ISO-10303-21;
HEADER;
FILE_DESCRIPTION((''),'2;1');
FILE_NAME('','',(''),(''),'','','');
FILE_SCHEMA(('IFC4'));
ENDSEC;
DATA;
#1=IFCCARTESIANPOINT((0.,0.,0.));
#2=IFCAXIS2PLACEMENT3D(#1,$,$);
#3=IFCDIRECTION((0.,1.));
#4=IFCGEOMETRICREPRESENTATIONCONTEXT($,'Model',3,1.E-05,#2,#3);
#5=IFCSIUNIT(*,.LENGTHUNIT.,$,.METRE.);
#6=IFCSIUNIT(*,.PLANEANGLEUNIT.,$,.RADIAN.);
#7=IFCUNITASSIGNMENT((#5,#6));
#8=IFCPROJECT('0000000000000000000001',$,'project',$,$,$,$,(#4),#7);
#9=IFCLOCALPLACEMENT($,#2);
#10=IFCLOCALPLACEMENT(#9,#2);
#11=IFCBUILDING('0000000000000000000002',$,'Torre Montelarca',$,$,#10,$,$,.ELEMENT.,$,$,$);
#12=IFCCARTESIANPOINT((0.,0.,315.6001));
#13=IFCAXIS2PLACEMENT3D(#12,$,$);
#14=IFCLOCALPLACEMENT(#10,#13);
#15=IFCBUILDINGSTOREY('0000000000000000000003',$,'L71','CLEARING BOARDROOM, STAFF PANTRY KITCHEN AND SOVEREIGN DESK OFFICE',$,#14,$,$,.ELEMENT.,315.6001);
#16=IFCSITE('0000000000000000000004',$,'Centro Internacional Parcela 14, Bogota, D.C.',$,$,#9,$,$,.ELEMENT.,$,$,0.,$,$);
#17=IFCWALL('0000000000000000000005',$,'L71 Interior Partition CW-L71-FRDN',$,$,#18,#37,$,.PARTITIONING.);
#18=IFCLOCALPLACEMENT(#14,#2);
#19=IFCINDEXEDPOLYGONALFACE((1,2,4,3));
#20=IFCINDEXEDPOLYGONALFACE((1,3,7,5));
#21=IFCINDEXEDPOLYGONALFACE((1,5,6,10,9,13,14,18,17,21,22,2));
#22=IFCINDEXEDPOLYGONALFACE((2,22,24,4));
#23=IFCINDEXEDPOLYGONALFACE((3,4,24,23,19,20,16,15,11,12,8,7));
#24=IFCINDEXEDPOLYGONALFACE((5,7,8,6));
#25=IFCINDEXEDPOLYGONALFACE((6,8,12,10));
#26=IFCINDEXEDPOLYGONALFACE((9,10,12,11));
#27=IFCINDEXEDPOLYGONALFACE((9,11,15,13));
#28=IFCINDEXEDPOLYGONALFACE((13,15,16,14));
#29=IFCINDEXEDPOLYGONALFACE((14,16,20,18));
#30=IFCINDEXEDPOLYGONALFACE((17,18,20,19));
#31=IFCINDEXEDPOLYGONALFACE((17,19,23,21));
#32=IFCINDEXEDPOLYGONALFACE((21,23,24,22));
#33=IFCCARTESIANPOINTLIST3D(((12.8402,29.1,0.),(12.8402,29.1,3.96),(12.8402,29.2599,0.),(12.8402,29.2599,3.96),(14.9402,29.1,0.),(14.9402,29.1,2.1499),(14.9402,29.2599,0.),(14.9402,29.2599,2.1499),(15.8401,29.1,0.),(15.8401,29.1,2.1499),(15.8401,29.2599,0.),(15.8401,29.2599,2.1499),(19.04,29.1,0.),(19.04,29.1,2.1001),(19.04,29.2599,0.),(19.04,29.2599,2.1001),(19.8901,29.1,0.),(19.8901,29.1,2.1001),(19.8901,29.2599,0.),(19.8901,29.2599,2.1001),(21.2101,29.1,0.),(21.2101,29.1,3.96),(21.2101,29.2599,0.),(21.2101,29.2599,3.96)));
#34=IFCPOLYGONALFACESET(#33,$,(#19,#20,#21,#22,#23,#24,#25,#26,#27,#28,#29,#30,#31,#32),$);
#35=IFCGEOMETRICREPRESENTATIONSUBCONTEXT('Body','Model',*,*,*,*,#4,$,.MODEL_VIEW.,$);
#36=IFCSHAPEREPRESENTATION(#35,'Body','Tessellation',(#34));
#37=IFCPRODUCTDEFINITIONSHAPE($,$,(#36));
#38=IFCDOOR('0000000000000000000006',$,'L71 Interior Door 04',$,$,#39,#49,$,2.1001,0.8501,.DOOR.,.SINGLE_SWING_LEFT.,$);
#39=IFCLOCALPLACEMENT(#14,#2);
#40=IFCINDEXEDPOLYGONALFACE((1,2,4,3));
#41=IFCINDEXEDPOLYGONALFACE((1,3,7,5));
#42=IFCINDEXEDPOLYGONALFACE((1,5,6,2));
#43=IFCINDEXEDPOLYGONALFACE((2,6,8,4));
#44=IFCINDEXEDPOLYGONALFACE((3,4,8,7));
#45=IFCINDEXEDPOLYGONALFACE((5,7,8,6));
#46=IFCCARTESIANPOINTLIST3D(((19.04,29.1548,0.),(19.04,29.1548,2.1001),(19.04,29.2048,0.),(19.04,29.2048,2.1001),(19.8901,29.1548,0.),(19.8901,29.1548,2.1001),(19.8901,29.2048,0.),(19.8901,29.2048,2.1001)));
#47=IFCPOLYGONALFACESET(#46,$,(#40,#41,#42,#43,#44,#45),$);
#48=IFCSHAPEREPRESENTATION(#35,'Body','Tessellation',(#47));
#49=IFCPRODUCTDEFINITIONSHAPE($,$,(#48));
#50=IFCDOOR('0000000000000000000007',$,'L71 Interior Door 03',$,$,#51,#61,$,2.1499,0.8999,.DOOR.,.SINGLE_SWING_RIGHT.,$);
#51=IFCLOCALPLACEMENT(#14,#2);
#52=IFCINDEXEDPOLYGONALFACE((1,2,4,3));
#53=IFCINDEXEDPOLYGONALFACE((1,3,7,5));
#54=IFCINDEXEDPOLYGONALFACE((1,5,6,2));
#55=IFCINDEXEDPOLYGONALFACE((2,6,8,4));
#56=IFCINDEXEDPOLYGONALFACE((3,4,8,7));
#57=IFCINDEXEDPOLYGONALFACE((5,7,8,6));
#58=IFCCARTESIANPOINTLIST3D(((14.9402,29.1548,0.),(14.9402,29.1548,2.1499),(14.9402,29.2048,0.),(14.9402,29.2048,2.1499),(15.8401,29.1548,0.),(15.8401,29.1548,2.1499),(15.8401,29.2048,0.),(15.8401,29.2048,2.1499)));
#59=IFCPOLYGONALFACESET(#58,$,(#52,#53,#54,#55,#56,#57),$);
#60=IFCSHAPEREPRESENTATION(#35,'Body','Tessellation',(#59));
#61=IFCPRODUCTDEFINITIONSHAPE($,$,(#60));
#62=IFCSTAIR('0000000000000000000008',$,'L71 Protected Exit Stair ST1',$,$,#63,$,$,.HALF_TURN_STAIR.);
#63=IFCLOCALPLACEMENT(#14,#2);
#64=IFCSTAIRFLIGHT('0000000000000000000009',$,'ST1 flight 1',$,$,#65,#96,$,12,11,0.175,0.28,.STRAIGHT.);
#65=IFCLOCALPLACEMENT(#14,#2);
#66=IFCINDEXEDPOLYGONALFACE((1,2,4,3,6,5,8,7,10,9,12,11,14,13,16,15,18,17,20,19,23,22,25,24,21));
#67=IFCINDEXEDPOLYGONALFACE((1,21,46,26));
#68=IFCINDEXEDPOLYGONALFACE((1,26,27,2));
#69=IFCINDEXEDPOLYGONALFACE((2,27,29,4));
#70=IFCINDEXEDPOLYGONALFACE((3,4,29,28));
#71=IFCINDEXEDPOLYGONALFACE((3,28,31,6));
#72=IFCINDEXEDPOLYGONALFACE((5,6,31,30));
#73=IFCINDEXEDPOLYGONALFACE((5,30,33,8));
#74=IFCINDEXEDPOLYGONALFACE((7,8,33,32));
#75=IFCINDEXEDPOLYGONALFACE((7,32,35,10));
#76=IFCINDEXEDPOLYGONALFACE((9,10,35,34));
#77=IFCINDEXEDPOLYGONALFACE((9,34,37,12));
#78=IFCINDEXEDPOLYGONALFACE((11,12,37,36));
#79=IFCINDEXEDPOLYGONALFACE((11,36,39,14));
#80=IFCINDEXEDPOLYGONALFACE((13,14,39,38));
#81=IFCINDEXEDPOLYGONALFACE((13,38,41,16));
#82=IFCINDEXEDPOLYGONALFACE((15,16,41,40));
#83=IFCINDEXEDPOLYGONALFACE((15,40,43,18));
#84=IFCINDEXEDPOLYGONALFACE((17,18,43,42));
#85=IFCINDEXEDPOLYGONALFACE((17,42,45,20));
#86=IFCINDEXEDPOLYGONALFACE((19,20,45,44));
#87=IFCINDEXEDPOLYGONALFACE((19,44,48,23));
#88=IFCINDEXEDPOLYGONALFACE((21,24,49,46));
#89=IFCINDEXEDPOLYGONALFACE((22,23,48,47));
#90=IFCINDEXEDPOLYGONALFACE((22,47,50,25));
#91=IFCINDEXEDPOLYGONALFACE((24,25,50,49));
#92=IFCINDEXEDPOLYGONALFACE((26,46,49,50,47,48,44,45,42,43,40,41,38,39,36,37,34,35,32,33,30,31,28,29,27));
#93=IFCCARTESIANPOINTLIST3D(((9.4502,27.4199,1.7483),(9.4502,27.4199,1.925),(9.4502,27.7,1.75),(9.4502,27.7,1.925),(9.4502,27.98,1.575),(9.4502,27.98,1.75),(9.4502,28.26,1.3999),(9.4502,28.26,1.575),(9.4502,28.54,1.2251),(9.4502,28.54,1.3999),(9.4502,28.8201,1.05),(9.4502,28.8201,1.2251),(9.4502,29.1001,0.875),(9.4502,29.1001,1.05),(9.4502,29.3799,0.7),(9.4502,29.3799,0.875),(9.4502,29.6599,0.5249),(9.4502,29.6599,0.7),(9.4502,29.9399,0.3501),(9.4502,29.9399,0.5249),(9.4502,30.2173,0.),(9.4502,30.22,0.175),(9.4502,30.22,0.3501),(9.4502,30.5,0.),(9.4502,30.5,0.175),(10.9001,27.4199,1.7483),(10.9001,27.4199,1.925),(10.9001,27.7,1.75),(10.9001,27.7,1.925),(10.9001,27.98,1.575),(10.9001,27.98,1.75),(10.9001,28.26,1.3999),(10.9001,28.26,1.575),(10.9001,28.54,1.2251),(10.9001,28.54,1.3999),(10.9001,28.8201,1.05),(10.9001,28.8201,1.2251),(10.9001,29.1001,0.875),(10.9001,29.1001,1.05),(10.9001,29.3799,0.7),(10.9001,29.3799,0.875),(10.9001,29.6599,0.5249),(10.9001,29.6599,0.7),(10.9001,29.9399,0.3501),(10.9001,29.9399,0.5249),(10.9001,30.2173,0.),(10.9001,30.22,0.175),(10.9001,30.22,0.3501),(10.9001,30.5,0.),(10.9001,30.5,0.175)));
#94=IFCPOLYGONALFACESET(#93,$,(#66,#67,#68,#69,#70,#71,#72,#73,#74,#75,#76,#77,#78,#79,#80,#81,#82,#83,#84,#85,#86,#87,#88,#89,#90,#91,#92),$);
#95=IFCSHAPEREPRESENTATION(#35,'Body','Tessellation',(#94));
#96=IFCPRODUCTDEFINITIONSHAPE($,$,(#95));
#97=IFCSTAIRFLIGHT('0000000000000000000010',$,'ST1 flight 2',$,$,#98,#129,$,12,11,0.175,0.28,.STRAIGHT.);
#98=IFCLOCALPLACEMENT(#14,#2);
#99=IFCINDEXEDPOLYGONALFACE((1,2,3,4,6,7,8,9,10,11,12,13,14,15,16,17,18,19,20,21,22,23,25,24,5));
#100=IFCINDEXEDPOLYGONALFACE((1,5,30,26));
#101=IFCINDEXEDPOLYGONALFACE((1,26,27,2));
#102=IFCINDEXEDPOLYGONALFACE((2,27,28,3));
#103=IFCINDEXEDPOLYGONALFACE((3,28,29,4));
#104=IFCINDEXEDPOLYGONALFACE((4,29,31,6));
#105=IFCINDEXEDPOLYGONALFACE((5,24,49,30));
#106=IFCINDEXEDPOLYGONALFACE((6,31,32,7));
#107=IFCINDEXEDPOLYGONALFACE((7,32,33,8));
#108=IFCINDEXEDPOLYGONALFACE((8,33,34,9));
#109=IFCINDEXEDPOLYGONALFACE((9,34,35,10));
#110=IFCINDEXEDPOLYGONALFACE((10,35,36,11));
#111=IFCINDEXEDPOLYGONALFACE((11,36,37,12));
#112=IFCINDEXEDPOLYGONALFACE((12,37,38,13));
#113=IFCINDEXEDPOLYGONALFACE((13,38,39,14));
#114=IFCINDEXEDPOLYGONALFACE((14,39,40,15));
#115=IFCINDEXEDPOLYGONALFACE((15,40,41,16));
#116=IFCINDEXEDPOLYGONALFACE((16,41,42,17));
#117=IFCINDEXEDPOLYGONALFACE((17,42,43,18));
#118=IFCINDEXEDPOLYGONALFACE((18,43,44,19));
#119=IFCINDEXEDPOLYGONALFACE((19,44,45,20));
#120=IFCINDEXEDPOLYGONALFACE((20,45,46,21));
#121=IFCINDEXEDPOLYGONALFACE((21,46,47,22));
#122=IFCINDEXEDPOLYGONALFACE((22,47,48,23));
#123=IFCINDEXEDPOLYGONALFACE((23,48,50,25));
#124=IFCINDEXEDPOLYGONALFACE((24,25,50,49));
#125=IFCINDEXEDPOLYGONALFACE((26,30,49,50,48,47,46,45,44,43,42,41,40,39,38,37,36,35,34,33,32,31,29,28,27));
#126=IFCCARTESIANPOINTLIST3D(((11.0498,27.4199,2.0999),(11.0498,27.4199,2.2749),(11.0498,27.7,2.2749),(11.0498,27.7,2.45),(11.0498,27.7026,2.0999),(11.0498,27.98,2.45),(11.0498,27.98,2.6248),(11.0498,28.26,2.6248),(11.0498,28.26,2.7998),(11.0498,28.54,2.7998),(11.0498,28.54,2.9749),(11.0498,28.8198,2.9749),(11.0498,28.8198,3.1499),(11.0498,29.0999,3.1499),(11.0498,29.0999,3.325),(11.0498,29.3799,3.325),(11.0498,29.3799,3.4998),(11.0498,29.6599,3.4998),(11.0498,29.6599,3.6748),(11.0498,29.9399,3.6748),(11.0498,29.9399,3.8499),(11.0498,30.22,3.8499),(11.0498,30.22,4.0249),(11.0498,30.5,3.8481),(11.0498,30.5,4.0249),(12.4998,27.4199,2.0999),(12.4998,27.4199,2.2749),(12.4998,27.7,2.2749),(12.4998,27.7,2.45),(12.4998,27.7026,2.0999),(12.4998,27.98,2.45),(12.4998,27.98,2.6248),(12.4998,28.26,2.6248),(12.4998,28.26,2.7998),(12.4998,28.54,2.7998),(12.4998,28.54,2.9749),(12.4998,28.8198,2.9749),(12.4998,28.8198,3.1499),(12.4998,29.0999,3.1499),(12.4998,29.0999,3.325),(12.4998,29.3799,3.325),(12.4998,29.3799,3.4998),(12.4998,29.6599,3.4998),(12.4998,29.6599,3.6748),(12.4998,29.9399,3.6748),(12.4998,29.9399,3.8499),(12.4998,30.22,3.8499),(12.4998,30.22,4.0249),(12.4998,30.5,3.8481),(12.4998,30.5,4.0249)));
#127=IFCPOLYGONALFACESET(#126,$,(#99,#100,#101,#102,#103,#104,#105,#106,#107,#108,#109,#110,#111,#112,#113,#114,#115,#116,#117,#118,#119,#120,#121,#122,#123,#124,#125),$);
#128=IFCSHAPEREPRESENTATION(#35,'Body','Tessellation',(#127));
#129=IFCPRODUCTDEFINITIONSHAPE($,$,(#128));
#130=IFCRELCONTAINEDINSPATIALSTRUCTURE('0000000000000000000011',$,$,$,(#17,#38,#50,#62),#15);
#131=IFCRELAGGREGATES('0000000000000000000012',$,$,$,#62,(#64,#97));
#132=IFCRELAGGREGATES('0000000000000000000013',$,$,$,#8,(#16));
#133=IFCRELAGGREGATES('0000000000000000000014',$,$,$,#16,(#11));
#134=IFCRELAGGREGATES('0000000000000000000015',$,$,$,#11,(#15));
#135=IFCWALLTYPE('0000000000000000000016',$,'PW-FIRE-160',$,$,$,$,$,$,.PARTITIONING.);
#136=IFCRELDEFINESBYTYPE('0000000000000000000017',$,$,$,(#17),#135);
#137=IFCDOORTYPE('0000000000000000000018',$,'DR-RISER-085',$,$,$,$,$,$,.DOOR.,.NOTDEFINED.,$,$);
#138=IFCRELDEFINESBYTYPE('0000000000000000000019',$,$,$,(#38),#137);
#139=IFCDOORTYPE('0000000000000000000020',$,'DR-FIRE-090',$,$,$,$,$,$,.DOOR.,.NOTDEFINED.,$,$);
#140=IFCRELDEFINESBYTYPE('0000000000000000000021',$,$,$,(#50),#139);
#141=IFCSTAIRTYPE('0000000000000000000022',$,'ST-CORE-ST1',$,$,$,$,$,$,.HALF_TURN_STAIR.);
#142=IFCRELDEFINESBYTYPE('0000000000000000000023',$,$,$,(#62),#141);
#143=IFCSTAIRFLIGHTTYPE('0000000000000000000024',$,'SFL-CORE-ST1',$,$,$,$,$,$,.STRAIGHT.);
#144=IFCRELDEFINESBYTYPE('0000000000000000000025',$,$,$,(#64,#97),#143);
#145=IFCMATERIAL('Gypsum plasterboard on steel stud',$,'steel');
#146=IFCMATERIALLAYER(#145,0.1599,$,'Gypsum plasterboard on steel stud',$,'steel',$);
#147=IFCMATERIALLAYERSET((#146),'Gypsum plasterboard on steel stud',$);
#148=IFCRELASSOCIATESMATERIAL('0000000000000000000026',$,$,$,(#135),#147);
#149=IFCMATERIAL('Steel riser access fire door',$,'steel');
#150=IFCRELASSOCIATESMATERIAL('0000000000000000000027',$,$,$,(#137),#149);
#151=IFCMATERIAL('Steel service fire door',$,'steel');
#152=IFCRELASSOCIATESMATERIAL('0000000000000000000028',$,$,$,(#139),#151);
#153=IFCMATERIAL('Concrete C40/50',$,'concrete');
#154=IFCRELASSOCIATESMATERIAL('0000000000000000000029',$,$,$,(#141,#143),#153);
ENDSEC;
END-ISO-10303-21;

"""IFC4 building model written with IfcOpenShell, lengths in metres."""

from ifc_helpers import new_model, si_unit, direction, frame, frame_2d, origin, place, context, subcontext, project, spatial, polyline, rectangle, outline, extrude, source, transform, mapped, material, layer, layer_set, type_object, element, fill, aggregate, save


model = new_model("IFC4")

# Units and contexts
model_context = context("Model", 3, precision=1e-05, world=origin(), true_north=direction((0.0, 1.0)))
body_context = subcontext(model_context, "Body", "Model", "MODEL_VIEW")
ifc_project = project(units=[si_unit("LENGTHUNIT", "METRE"), si_unit("PLANEANGLEUNIT", "RADIAN")], contexts=[model_context])

# Site, building, storey
site_placement = place(None, origin())
site = spatial("IfcSite", under=ifc_project, at=site_placement, Name="Centro Internacional Parcela 14, Bogota, D.C.", CompositionType="ELEMENT", RefElevation=0.0)
building_placement = place(site_placement, origin())
building = spatial("IfcBuilding", under=site, at=building_placement, Name="Torre Montelarca", CompositionType="ELEMENT")
storey_placement = place(building_placement, frame((0.0, 0.0, 315.6001)))
storey = spatial("IfcBuildingStorey", under=building, at=storey_placement, Name="L71", Description="CLEARING BOARDROOM, STAFF PANTRY KITCHEN AND SOVEREIGN DESK OFFICE", CompositionType="ELEMENT", Elevation=315.6001)

# Shared definitions
ifc_material_1 = material(Name="Concrete C40/50", Category="concrete")

# Wall, openings, doors
ifc_material_2 = material(Name="Gypsum plasterboard on steel stud", Category="steel")
ifc_layer_1 = layer(ifc_material_2, 0.1599, Name="Gypsum plasterboard on steel stud", Category="steel")
ifc_layer_set_1 = layer_set([ifc_layer_1], Name="Gypsum plasterboard on steel stud")
wall_type_1 = type_object("IfcWallType", Name="PW-FIRE-160", PredefinedType="PARTITIONING", material=ifc_layer_set_1)
wall_1_placement = place(storey_placement, frame((12.8401, 29.1799, 0.0), z_axis=(0.0, 0.0, 1.0), x_axis=(1.0, 0.0, 0.0)))
wall_1 = element("IfcWall", 1, at=wall_1_placement, inside=storey, type_object=wall_type_1, Name="L71 Interior Partition CW-L71-FRDN", PredefinedType="PARTITIONING", context=body_context, shape_type="SweptSolid", body=[
    extrude(rectangle(XDim=8.3699, YDim=0.1599, at=frame_2d((4.1851, 0.0))), origin(), (0.0, 0.0, 1.0), 3.96),
])
opening_1_placement = place(wall_1_placement, frame((2.1001, 0.0, 0.0)))
opening_1 = element("IfcOpeningElement", 2, at=opening_1_placement, cuts=wall_1, PredefinedType="OPENING", context=body_context, shape_type="SweptSolid", body=[
    extrude(rectangle(XDim=0.8999, YDim=2.1499, at=frame_2d((0.45, 1.075))), frame((0.0, 0.0898, 0.0), z_axis=(0.0, -1.0, 0.0), x_axis=(1.0, 0.0, 0.0)), (0.0, 0.0, 1.0), 0.1799),
])
opening_2_placement = place(wall_1_placement, frame((6.2, 0.0, 0.0)))
opening_2 = element("IfcOpeningElement", 3, at=opening_2_placement, cuts=wall_1, PredefinedType="OPENING", context=body_context, shape_type="SweptSolid", body=[
    extrude(rectangle(XDim=0.8501, YDim=2.1001, at=frame_2d((0.425, 1.05))), frame((0.0, 0.0898, 0.0), z_axis=(0.0, -1.0, 0.0), x_axis=(1.0, 0.0, 0.0)), (0.0, 0.0, 1.0), 0.1799),
])
ifc_material_3 = material(Name="Steel riser access fire door", Category="steel")
door_type_1 = type_object("IfcDoorType", Name="DR-RISER-085", OperationType="NOTDEFINED", PredefinedType="DOOR", material=ifc_material_3)
shared_shape_1 = source(origin(), body_context, "Body", "SweptSolid", [
    extrude(rectangle(XDim=0.8501, YDim=2.1001, at=frame_2d((0.425, 1.05))), frame((0.0, 0.0249, 0.0), z_axis=(0.0, -1.0, 0.0), x_axis=(1.0, 0.0, 0.0)), (0.0, 0.0, 1.0), 0.05),
])
door_1_placement = place(opening_2_placement, origin())
door_1 = element("IfcDoor", 4, at=door_1_placement, inside=storey, type_object=door_type_1, Name="L71 Interior Door 04", OperationType="SINGLE_SWING_LEFT", OverallHeight=2.1001, OverallWidth=0.8501, PredefinedType="DOOR", context=body_context, shape_type="MappedRepresentation", body=[
    mapped(shared_shape_1, transform((0.0, 0.0, 0.0), scale=1.0)),
])
fill(opening_2, door_1)
ifc_material_4 = material(Name="Steel service fire door", Category="steel")
door_type_2 = type_object("IfcDoorType", Name="DR-FIRE-090", OperationType="NOTDEFINED", PredefinedType="DOOR", material=ifc_material_4)
shared_shape_2 = source(origin(), body_context, "Body", "SweptSolid", [
    extrude(rectangle(XDim=0.8999, YDim=2.1499, at=frame_2d((0.45, 1.075))), frame((0.0, 0.0249, 0.0), z_axis=(0.0, -1.0, 0.0), x_axis=(1.0, 0.0, 0.0)), (0.0, 0.0, 1.0), 0.05),
])
door_2_placement = place(opening_1_placement, origin())
door_2 = element("IfcDoor", 5, at=door_2_placement, inside=storey, type_object=door_type_2, Name="L71 Interior Door 03", OperationType="SINGLE_SWING_RIGHT", OverallHeight=2.1499, OverallWidth=0.8999, PredefinedType="DOOR", context=body_context, shape_type="MappedRepresentation", body=[
    mapped(shared_shape_2, transform((0.0, 0.0, 0.0), scale=1.0)),
])
fill(opening_1, door_2)

# Stair, stair flights
stair_type = type_object("IfcStairType", Name="ST-CORE-ST1", PredefinedType="HALF_TURN_STAIR", material=ifc_material_1)
stair_placement = place(storey_placement, origin())
stair = element("IfcStair", 6, at=stair_placement, inside=storey, type_object=stair_type, Name="L71 Protected Exit Stair ST1", PredefinedType="HALF_TURN_STAIR")
stair_flight_type = type_object("IfcStairFlightType", Name="SFL-CORE-ST1", PredefinedType="STRAIGHT", material=ifc_material_1)
stair_flight_1_placement = place(storey_placement, frame((10.175, 30.5, 0.0), z_axis=(0.0, 0.0, 1.0), x_axis=(0.0, -1.0, 0.0)))
stair_flight_1 = element("IfcStairFlight", 7, at=stair_flight_1_placement, type_object=stair_flight_type, Name="ST1 flight 1", NumberOfRisers=12, NumberOfTreads=11, PredefinedType="STRAIGHT", RiserHeight=0.175, TreadLength=0.28, context=body_context, shape_type="SweptSolid", body=[
    extrude(outline(polyline([(0.0, 0.0), (0.0, 0.175), (0.28, 0.175), (0.28, 0.3501), (0.5601, 0.3501), (0.5601, 0.5249), (0.8401, 0.5249), (0.8401, 0.7), (1.1201, 0.7), (1.1201, 0.875), (1.3999, 0.875), (1.3999, 1.05), (1.6799, 1.05), (1.6799, 1.2251), (1.96, 1.2251), (1.96, 1.3999), (2.24, 1.3999), (2.24, 1.575), (2.52, 1.575), (2.52, 1.75), (2.8, 1.75), (2.8, 1.925), (3.0801, 1.925), (3.0801, 2.1001), (3.0801, 1.7483), (0.2827, 0.0), (0.0, 0.0)])), frame((0.0, 0.7251, 0.0), z_axis=(0.0, -1.0, 0.0), x_axis=(1.0, 0.0, 0.0)), (0.0, 0.0, 1.0), 1.45),
])
stair_flight_2_placement = place(storey_placement, frame((11.7749, 27.4199, 2.0999), z_axis=(0.0, 0.0, 1.0), x_axis=(0.0, 1.0, 0.0)))
stair_flight_2 = element("IfcStairFlight", 8, at=stair_flight_2_placement, type_object=stair_flight_type, Name="ST1 flight 2", NumberOfRisers=12, NumberOfTreads=11, PredefinedType="STRAIGHT", RiserHeight=0.175, TreadLength=0.28, context=body_context, shape_type="SweptSolid", body=[
    extrude(outline(polyline([(0.0, 0.0), (0.0, 0.175), (0.28, 0.175), (0.28, 0.3501), (0.5601, 0.3501), (0.5601, 0.5249), (0.8401, 0.5249), (0.8401, 0.7), (1.1201, 0.7), (1.1201, 0.875), (1.3999, 0.875), (1.3999, 1.05), (1.6799, 1.05), (1.6799, 1.2251), (1.96, 1.2251), (1.96, 1.3999), (2.24, 1.3999), (2.24, 1.575), (2.52, 1.575), (2.52, 1.75), (2.8, 1.75), (2.8, 1.925), (3.0801, 1.925), (3.0801, 2.1001), (3.0801, 1.7483), (0.2827, 0.0), (0.0, 0.0)])), frame((0.0, 0.7251, 0.0), z_axis=(0.0, -1.0, 0.0), x_axis=(1.0, 0.0, 0.0)), (0.0, 0.0, 1.0), 1.45),
])
aggregate(stair, [stair_flight_1, stair_flight_2])

save(model, "model.ifc")
